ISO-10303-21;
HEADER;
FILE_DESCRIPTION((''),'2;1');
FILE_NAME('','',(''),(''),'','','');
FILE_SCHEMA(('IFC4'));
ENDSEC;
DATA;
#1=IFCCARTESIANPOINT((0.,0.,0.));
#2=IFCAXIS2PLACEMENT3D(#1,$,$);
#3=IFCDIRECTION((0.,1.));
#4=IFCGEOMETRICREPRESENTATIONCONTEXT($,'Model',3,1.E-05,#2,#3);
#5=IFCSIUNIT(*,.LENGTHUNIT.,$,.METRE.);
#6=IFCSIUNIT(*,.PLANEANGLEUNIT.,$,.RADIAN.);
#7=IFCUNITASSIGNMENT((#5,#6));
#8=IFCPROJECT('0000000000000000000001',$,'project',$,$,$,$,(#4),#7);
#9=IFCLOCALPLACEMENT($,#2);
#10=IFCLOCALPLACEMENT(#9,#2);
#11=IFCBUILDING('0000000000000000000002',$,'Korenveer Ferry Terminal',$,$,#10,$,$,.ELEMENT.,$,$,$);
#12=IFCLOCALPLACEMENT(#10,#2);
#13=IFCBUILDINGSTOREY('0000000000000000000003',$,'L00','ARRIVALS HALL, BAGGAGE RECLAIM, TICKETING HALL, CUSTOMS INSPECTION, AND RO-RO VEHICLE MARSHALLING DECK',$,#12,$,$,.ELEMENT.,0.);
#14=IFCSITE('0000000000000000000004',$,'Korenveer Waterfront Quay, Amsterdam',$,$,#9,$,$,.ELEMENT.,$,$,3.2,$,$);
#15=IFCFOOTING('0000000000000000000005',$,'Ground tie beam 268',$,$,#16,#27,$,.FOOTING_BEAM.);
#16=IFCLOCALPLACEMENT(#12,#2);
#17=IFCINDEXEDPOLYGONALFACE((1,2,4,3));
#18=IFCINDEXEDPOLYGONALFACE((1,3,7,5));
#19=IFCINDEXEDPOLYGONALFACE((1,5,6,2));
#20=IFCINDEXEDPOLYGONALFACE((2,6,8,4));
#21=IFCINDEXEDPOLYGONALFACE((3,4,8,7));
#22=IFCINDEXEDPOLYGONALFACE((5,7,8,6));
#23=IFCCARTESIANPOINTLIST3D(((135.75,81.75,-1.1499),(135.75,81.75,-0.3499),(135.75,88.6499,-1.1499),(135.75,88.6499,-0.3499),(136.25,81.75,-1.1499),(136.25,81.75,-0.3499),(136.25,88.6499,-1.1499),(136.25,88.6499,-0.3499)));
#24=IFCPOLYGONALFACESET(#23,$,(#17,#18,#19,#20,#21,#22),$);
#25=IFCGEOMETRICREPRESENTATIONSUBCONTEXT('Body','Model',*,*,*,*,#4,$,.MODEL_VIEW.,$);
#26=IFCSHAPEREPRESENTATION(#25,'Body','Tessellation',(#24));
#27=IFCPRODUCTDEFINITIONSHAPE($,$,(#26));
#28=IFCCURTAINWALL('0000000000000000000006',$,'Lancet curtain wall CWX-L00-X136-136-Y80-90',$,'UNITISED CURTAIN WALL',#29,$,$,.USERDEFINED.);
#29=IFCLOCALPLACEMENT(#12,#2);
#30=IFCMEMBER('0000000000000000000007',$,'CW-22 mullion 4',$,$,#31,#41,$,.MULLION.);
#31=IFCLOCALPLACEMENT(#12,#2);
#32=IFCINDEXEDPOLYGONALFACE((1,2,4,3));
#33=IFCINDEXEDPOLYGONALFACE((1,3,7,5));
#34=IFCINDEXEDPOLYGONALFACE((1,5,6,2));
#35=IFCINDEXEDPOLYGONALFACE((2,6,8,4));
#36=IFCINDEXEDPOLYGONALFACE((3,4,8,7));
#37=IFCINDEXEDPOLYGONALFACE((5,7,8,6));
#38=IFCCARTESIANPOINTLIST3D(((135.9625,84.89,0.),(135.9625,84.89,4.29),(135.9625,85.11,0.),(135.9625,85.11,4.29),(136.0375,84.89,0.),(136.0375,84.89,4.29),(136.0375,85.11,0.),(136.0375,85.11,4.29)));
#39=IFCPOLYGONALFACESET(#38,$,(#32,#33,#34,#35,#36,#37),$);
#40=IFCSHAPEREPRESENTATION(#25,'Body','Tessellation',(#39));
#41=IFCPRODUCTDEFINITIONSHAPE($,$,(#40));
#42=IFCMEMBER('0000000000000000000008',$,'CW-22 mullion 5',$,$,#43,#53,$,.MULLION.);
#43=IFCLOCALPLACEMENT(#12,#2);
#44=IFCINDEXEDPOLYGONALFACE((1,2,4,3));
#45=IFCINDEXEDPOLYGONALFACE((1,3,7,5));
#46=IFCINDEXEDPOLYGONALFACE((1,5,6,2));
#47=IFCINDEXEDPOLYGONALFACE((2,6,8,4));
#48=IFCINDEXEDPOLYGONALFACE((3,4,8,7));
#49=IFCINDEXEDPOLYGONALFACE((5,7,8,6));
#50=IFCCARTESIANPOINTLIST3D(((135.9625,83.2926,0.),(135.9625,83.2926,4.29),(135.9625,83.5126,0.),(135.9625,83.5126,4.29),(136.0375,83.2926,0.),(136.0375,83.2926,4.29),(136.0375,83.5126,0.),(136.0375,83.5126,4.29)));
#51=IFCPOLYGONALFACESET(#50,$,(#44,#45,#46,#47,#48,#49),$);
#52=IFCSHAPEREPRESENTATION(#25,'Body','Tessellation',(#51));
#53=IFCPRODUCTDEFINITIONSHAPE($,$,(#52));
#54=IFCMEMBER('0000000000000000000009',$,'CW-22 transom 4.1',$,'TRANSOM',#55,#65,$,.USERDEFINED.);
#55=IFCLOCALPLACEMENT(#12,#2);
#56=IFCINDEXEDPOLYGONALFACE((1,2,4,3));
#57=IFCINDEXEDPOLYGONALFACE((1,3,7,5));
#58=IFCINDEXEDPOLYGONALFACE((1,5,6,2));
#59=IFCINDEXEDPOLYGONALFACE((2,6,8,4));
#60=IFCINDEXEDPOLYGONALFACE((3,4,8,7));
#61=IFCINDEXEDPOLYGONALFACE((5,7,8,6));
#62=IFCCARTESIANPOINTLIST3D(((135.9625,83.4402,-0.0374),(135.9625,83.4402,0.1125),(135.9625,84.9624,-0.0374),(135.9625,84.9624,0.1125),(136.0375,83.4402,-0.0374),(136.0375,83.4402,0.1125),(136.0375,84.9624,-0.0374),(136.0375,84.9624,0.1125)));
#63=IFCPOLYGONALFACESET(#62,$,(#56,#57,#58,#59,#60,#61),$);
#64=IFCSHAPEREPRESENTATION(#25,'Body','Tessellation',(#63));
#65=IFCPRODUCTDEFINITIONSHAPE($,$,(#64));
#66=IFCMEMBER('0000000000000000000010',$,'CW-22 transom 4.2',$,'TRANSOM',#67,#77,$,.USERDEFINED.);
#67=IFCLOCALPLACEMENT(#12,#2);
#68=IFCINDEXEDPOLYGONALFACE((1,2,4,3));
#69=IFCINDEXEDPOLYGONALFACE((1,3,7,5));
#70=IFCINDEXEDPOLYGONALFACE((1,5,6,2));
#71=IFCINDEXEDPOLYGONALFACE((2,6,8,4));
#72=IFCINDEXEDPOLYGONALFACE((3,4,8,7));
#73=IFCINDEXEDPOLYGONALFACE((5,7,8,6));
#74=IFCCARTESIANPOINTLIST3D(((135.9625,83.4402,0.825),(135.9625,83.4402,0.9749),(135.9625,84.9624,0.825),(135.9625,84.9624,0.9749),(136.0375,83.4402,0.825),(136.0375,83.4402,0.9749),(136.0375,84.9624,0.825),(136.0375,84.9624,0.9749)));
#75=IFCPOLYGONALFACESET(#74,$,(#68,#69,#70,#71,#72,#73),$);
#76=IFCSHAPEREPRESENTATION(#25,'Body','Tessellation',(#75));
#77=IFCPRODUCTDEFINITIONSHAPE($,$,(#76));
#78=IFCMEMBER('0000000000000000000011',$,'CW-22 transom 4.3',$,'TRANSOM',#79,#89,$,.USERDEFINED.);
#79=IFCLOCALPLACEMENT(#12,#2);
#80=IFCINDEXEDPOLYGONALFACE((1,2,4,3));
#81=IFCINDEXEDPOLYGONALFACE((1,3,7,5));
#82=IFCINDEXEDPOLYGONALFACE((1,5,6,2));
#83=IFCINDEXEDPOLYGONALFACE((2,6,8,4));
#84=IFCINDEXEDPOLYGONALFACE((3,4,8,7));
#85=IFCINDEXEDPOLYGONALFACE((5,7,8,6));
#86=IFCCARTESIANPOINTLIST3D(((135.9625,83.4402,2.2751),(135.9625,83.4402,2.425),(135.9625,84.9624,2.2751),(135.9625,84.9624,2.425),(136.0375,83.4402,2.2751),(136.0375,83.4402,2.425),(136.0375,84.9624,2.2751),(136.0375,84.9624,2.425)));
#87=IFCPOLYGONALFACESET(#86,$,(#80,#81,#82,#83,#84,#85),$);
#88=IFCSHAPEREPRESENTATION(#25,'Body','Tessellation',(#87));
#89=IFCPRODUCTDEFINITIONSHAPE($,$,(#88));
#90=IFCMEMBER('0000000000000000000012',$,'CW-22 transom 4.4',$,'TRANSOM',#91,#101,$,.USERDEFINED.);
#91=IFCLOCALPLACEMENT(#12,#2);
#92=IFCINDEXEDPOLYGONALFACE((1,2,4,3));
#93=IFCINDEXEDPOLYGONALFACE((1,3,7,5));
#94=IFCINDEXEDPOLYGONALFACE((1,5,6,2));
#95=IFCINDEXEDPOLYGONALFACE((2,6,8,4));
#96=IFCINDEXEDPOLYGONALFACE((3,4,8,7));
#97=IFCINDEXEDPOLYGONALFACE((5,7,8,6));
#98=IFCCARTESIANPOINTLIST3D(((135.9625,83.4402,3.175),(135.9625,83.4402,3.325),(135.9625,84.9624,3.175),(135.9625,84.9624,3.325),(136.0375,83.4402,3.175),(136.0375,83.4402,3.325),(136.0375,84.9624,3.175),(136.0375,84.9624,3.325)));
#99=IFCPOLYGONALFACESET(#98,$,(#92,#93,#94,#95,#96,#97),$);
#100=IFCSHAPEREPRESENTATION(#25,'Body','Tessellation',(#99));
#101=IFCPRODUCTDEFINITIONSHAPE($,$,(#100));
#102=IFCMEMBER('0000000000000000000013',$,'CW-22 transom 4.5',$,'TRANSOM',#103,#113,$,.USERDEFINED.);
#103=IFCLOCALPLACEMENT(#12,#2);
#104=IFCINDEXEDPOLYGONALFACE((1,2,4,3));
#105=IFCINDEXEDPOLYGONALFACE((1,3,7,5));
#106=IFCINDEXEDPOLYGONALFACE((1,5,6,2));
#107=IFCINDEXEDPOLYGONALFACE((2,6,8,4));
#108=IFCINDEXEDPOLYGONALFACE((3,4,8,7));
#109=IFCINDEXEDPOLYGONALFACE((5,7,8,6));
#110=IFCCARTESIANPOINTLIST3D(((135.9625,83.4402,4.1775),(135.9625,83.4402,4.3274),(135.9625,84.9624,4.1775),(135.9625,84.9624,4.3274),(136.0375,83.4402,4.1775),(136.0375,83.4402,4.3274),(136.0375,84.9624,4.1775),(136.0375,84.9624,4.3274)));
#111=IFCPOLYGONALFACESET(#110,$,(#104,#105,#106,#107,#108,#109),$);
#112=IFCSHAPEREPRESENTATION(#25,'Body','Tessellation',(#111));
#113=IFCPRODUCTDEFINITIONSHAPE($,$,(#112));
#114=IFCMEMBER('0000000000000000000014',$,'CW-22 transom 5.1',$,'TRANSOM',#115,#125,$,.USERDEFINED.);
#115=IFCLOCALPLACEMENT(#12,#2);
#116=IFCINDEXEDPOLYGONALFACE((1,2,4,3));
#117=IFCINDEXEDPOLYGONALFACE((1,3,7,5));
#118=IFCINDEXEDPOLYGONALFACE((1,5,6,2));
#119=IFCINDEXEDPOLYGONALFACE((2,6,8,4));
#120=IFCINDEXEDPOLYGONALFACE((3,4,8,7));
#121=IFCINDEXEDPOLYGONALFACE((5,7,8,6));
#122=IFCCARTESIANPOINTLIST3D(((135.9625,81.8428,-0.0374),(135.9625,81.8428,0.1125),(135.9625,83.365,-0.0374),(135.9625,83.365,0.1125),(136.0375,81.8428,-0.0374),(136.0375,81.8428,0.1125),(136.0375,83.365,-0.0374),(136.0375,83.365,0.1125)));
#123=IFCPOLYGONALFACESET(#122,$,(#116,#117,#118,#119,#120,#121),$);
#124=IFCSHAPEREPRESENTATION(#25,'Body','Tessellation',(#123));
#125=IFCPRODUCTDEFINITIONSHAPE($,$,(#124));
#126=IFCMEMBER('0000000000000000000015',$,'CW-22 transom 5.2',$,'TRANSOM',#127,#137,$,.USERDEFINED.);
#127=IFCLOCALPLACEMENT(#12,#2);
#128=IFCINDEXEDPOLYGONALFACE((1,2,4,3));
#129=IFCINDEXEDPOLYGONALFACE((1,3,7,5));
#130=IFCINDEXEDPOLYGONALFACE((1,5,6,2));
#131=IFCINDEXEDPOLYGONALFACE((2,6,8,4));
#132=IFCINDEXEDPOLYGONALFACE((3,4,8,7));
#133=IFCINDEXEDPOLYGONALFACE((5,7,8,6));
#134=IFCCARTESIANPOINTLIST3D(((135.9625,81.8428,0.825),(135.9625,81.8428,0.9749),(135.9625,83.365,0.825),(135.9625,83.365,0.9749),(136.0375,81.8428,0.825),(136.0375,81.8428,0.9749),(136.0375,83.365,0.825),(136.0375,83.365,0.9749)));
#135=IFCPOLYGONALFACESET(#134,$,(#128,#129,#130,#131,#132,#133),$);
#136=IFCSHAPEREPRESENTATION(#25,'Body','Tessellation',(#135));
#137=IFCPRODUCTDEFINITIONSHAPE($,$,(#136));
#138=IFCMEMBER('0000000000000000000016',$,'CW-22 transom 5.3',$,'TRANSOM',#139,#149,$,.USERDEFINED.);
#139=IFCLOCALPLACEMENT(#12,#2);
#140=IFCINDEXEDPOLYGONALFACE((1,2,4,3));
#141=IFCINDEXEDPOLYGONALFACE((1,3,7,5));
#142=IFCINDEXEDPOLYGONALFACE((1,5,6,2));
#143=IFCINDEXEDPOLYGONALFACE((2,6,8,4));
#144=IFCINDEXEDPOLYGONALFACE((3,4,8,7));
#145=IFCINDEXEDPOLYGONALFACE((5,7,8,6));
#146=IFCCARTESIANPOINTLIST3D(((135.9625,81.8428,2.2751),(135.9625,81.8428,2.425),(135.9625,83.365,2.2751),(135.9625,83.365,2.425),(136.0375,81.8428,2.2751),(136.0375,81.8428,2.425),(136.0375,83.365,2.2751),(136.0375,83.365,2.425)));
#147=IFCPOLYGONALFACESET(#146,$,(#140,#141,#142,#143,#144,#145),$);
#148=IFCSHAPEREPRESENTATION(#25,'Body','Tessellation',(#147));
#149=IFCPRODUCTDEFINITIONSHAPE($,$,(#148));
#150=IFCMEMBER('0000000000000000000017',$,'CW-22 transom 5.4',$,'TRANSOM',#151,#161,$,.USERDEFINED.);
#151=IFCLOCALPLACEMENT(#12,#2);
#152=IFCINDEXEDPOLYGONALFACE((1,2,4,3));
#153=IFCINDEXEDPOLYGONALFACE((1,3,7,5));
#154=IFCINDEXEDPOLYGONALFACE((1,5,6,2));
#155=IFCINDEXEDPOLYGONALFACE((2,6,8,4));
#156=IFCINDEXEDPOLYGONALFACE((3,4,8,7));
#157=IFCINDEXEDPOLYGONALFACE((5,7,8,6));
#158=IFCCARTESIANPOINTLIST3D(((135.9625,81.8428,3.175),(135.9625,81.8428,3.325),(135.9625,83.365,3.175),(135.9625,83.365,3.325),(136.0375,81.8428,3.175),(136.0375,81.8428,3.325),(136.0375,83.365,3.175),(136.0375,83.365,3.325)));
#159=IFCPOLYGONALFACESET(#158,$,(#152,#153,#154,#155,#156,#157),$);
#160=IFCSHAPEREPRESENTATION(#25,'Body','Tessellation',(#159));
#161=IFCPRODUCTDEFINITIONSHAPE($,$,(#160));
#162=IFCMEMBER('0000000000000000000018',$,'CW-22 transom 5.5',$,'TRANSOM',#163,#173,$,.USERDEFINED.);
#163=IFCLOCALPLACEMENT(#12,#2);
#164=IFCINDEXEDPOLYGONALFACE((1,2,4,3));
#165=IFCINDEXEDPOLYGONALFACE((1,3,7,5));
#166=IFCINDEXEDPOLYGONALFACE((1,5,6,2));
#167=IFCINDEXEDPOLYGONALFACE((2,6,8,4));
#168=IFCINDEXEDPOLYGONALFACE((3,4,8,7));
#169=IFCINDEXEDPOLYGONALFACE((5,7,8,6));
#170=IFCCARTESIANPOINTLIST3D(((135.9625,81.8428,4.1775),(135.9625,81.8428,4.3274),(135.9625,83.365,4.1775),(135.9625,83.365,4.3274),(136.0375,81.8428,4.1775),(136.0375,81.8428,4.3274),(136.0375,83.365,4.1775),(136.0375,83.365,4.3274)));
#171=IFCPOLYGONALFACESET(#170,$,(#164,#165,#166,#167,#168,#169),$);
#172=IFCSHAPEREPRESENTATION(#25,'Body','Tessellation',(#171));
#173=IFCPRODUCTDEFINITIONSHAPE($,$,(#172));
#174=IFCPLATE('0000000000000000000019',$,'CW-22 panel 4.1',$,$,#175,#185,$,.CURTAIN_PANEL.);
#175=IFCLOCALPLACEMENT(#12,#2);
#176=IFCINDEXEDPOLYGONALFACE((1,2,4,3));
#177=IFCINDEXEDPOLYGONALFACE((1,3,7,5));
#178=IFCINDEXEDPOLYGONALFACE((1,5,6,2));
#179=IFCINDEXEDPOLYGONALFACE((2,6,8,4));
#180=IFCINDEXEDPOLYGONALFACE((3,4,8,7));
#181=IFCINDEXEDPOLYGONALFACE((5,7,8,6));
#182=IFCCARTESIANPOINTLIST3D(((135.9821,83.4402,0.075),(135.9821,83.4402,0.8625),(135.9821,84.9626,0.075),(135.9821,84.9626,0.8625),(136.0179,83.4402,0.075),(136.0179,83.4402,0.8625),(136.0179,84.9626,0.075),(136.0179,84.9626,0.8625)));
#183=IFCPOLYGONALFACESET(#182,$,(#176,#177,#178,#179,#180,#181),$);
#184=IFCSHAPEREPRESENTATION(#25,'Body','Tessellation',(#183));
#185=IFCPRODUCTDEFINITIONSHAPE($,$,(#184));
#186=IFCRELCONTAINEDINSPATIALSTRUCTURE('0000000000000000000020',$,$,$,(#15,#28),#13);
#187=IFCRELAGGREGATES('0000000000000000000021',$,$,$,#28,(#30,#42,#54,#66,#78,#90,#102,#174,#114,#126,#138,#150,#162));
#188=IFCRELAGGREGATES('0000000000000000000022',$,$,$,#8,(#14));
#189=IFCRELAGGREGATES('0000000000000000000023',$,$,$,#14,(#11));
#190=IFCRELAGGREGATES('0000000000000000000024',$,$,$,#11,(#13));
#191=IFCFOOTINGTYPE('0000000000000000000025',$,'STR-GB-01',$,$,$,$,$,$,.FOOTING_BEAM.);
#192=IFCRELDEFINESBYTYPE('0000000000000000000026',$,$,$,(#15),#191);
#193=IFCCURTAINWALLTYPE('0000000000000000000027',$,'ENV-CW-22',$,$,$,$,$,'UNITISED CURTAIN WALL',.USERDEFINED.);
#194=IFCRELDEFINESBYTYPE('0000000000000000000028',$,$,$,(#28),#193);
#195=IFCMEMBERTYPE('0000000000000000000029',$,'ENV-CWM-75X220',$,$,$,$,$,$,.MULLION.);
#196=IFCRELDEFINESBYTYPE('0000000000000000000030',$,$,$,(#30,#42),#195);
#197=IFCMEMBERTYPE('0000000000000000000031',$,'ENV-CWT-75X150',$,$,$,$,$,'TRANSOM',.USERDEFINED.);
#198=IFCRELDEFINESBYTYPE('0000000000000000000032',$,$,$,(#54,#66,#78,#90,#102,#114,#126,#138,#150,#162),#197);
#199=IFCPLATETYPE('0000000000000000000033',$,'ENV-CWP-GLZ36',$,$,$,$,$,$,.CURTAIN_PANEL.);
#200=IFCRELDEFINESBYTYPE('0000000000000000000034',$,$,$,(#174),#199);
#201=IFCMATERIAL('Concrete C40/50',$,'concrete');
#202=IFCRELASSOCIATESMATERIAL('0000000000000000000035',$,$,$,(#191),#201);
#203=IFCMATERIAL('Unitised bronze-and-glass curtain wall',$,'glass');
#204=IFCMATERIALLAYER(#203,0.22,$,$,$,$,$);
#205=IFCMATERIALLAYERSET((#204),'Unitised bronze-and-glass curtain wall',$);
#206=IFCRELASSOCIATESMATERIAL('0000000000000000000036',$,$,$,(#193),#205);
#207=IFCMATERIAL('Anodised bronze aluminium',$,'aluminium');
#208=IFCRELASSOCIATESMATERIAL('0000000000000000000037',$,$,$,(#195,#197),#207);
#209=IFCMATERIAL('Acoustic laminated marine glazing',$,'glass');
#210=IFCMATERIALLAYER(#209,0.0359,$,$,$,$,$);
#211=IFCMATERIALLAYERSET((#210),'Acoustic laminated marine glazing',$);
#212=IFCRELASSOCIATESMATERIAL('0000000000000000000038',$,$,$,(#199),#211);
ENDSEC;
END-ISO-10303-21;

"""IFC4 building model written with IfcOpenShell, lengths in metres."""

from ifc_helpers import new_model, si_unit, direction, frame, origin, origin_2d, place, context, subcontext, project, spatial, rectangle, extrude, material, layer, layer_set, material_profile, profile_set, type_object, element, aggregate, save


model = new_model("IFC4")

# Units and contexts
model_context = context("Model", 3, precision=1e-05, world=origin(), true_north=direction((0.0, 1.0)))
body_context = subcontext(model_context, "Body", "Model", "MODEL_VIEW")
ifc_project = project(units=[si_unit("LENGTHUNIT", "METRE"), si_unit("PLANEANGLEUNIT", "RADIAN")], contexts=[model_context])

# Site, building, storey
site_placement = place(None, origin())
site = spatial("IfcSite", under=ifc_project, at=site_placement, Name="Korenveer Waterfront Quay, Amsterdam", CompositionType="ELEMENT", RefElevation=3.2)
building_placement = place(site_placement, origin())
building = spatial("IfcBuilding", under=site, at=building_placement, Name="Korenveer Ferry Terminal", CompositionType="ELEMENT")
storey_placement = place(building_placement, origin())
storey = spatial("IfcBuildingStorey", under=building, at=storey_placement, Name="L00", Description="ARRIVALS HALL, BAGGAGE RECLAIM, TICKETING HALL, CUSTOMS INSPECTION, AND RO-RO VEHICLE MARSHALLING DECK", CompositionType="ELEMENT", Elevation=0.0)

# Footing
ifc_material_1 = material(Name="Concrete C40/50", Category="concrete")
footing_type = type_object("IfcFootingType", Name="STR-GB-01", PredefinedType="FOOTING_BEAM", material=ifc_material_1)
footing_placement = place(storey_placement, frame((136.0, 85.2, -1.1499), z_axis=(0.0, 0.0, 1.0), x_axis=(1.0, 0.0, 0.0)))
element("IfcFooting", 1, at=footing_placement, inside=storey, type_object=footing_type, Name="Ground tie beam 268", PredefinedType="FOOTING_BEAM", context=body_context, shape_type="SweptSolid", body=[
    extrude(rectangle(XDim=0.5, YDim=6.8999, at=origin_2d()), origin(), (0.0, 0.0, 1.0), 0.8),
])

# Curtain wall, members, plate
ifc_material_2 = material(Name="Unitised bronze-and-glass curtain wall", Category="glass")
ifc_layer_1 = layer(ifc_material_2, 0.22)
ifc_layer_set_1 = layer_set([ifc_layer_1], Name="Unitised bronze-and-glass curtain wall")
curtain_wall_type = type_object("IfcCurtainWallType", Name="ENV-CW-22", ElementType="UNITISED CURTAIN WALL", PredefinedType="USERDEFINED", material=ifc_layer_set_1)
curtain_wall_placement = place(storey_placement, frame((136.0, 89.7922, 0.0)))
curtain_wall = element("IfcCurtainWall", 2, at=curtain_wall_placement, inside=storey, type_object=curtain_wall_type, Name="Lancet curtain wall CWX-L00-X136-136-Y80-90", ObjectType="UNITISED CURTAIN WALL", PredefinedType="USERDEFINED")
ifc_material_3 = material(Name="Anodised bronze aluminium", Category="aluminium")
ifc_material_profile_1 = material_profile(ifc_material_3, rectangle(XDim=0.075, YDim=0.22, at=origin_2d()), Name="ALU 75x220")
ifc_profile_set_1 = profile_set([ifc_material_profile_1], Name="Anodised bronze aluminium")
member_type_1 = type_object("IfcMemberType", Name="ENV-CWM-75X220", PredefinedType="MULLION", material=ifc_profile_set_1)
member_1_placement = place(storey_placement, frame((136.0, 85.0, 0.0), z_axis=(0.0, 0.0, 1.0), x_axis=(1.0, 0.0, 0.0)))
member_1 = element("IfcMember", 3, at=member_1_placement, type_object=member_type_1, Name="CW-22 mullion 4", PredefinedType="MULLION", context=body_context, shape_type="SweptSolid", body=[
    extrude(rectangle(XDim=0.075, YDim=0.22, at=origin_2d()), origin(), (0.0, 0.0, 1.0), 4.29),
])
member_2_placement = place(storey_placement, frame((136.0, 83.4026, 0.0), z_axis=(0.0, 0.0, 1.0), x_axis=(1.0, 0.0, 0.0)))
member_2 = element("IfcMember", 4, at=member_2_placement, type_object=member_type_1, Name="CW-22 mullion 5", PredefinedType="MULLION", context=body_context, shape_type="SweptSolid", body=[
    extrude(rectangle(XDim=0.075, YDim=0.22, at=origin_2d()), origin(), (0.0, 0.0, 1.0), 4.29),
])
ifc_material_profile_2 = material_profile(ifc_material_3, rectangle(XDim=0.075, YDim=0.1499, at=origin_2d()), Name="ALU 75x150")
ifc_profile_set_2 = profile_set([ifc_material_profile_2], Name="Anodised bronze aluminium")
member_type_2 = type_object("IfcMemberType", Name="ENV-CWT-75X150", ElementType="TRANSOM", PredefinedType="USERDEFINED", material=ifc_profile_set_2)
member_3_placement = place(storey_placement, frame((136.0, 84.9624, 0.0376), z_axis=(0.0, -1.0, 0.0), x_axis=(1.0, 0.0, 0.0)))
member_3 = element("IfcMember", 5, at=member_3_placement, type_object=member_type_2, Name="CW-22 transom 4.1", ObjectType="TRANSOM", PredefinedType="USERDEFINED", context=body_context, shape_type="SweptSolid", body=[
    extrude(rectangle(XDim=0.075, YDim=0.1499, at=origin_2d()), origin(), (0.0, 0.0, 1.0), 1.5222),
])
member_4_placement = place(storey_placement, frame((136.0, 84.9624, 0.8999), z_axis=(0.0, -1.0, 0.0), x_axis=(1.0, 0.0, 0.0)))
member_4 = element("IfcMember", 6, at=member_4_placement, type_object=member_type_2, Name="CW-22 transom 4.2", ObjectType="TRANSOM", PredefinedType="USERDEFINED", context=body_context, shape_type="SweptSolid", body=[
    extrude(rectangle(XDim=0.075, YDim=0.1499, at=origin_2d()), origin(), (0.0, 0.0, 1.0), 1.5222),
])
member_5_placement = place(storey_placement, frame((136.0, 84.9624, 2.3501), z_axis=(0.0, -1.0, 0.0), x_axis=(1.0, 0.0, 0.0)))
member_5 = element("IfcMember", 7, at=member_5_placement, type_object=member_type_2, Name="CW-22 transom 4.3", ObjectType="TRANSOM", PredefinedType="USERDEFINED", context=body_context, shape_type="SweptSolid", body=[
    extrude(rectangle(XDim=0.075, YDim=0.1499, at=origin_2d()), origin(), (0.0, 0.0, 1.0), 1.5222),
])
member_6_placement = place(storey_placement, frame((136.0, 84.9624, 3.25), z_axis=(0.0, -1.0, 0.0), x_axis=(1.0, 0.0, 0.0)))
member_6 = element("IfcMember", 8, at=member_6_placement, type_object=member_type_2, Name="CW-22 transom 4.4", ObjectType="TRANSOM", PredefinedType="USERDEFINED", context=body_context, shape_type="SweptSolid", body=[
    extrude(rectangle(XDim=0.075, YDim=0.1499, at=origin_2d()), origin(), (0.0, 0.0, 1.0), 1.5222),
])
member_7_placement = place(storey_placement, frame((136.0, 84.9624, 4.2524), z_axis=(0.0, -1.0, 0.0), x_axis=(1.0, 0.0, 0.0)))
member_7 = element("IfcMember", 9, at=member_7_placement, type_object=member_type_2, Name="CW-22 transom 4.5", ObjectType="TRANSOM", PredefinedType="USERDEFINED", context=body_context, shape_type="SweptSolid", body=[
    extrude(rectangle(XDim=0.075, YDim=0.1499, at=origin_2d()), origin(), (0.0, 0.0, 1.0), 1.5222),
])
member_8_placement = place(storey_placement, frame((136.0, 83.365, 0.0376), z_axis=(0.0, -1.0, 0.0), x_axis=(1.0, 0.0, 0.0)))
member_8 = element("IfcMember", 10, at=member_8_placement, type_object=member_type_2, Name="CW-22 transom 5.1", ObjectType="TRANSOM", PredefinedType="USERDEFINED", context=body_context, shape_type="SweptSolid", body=[
    extrude(rectangle(XDim=0.075, YDim=0.1499, at=origin_2d()), origin(), (0.0, 0.0, 1.0), 1.5222),
])
member_9_placement = place(storey_placement, frame((136.0, 83.365, 0.8999), z_axis=(0.0, -1.0, 0.0), x_axis=(1.0, 0.0, 0.0)))
member_9 = element("IfcMember", 11, at=member_9_placement, type_object=member_type_2, Name="CW-22 transom 5.2", ObjectType="TRANSOM", PredefinedType="USERDEFINED", context=body_context, shape_type="SweptSolid", body=[
    extrude(rectangle(XDim=0.075, YDim=0.1499, at=origin_2d()), origin(), (0.0, 0.0, 1.0), 1.5222),
])
member_10_placement = place(storey_placement, frame((136.0, 83.365, 2.3501), z_axis=(0.0, -1.0, 0.0), x_axis=(1.0, 0.0, 0.0)))
member_10 = element("IfcMember", 12, at=member_10_placement, type_object=member_type_2, Name="CW-22 transom 5.3", ObjectType="TRANSOM", PredefinedType="USERDEFINED", context=body_context, shape_type="SweptSolid", body=[
    extrude(rectangle(XDim=0.075, YDim=0.1499, at=origin_2d()), origin(), (0.0, 0.0, 1.0), 1.5222),
])
member_11_placement = place(storey_placement, frame((136.0, 83.365, 3.25), z_axis=(0.0, -1.0, 0.0), x_axis=(1.0, 0.0, 0.0)))
member_11 = element("IfcMember", 13, at=member_11_placement, type_object=member_type_2, Name="CW-22 transom 5.4", ObjectType="TRANSOM", PredefinedType="USERDEFINED", context=body_context, shape_type="SweptSolid", body=[
    extrude(rectangle(XDim=0.075, YDim=0.1499, at=origin_2d()), origin(), (0.0, 0.0, 1.0), 1.5222),
])
member_12_placement = place(storey_placement, frame((136.0, 83.365, 4.2524), z_axis=(0.0, -1.0, 0.0), x_axis=(1.0, 0.0, 0.0)))
member_12 = element("IfcMember", 14, at=member_12_placement, type_object=member_type_2, Name="CW-22 transom 5.5", ObjectType="TRANSOM", PredefinedType="USERDEFINED", context=body_context, shape_type="SweptSolid", body=[
    extrude(rectangle(XDim=0.075, YDim=0.1499, at=origin_2d()), origin(), (0.0, 0.0, 1.0), 1.5222),
])
ifc_material_4 = material(Name="Acoustic laminated marine glazing", Category="glass")
ifc_layer_2 = layer(ifc_material_4, 0.0359)
ifc_layer_set_2 = layer_set([ifc_layer_2], Name="Acoustic laminated marine glazing")
plate_type = type_object("IfcPlateType", Name="ENV-CWP-GLZ36", PredefinedType="CURTAIN_PANEL", material=ifc_layer_set_2)
plate_1_placement = place(storey_placement, frame((136.0, 84.2014, 0.075), z_axis=(0.0, 0.0, 1.0), x_axis=(0.0, -1.0, 0.0)))
plate_1 = element("IfcPlate", 15, at=plate_1_placement, type_object=plate_type, Name="CW-22 panel 4.1", PredefinedType="CURTAIN_PANEL", context=body_context, shape_type="SweptSolid", body=[
    extrude(rectangle(XDim=1.5225, YDim=0.0359, at=origin_2d()), origin(), (0.0, 0.0, 1.0), 0.7876),
])
aggregate(curtain_wall, [member_1, member_2, member_3, member_4, member_5, member_6, member_7, plate_1, member_8, member_9, member_10, member_11, member_12])

save(model, "model.ifc")
